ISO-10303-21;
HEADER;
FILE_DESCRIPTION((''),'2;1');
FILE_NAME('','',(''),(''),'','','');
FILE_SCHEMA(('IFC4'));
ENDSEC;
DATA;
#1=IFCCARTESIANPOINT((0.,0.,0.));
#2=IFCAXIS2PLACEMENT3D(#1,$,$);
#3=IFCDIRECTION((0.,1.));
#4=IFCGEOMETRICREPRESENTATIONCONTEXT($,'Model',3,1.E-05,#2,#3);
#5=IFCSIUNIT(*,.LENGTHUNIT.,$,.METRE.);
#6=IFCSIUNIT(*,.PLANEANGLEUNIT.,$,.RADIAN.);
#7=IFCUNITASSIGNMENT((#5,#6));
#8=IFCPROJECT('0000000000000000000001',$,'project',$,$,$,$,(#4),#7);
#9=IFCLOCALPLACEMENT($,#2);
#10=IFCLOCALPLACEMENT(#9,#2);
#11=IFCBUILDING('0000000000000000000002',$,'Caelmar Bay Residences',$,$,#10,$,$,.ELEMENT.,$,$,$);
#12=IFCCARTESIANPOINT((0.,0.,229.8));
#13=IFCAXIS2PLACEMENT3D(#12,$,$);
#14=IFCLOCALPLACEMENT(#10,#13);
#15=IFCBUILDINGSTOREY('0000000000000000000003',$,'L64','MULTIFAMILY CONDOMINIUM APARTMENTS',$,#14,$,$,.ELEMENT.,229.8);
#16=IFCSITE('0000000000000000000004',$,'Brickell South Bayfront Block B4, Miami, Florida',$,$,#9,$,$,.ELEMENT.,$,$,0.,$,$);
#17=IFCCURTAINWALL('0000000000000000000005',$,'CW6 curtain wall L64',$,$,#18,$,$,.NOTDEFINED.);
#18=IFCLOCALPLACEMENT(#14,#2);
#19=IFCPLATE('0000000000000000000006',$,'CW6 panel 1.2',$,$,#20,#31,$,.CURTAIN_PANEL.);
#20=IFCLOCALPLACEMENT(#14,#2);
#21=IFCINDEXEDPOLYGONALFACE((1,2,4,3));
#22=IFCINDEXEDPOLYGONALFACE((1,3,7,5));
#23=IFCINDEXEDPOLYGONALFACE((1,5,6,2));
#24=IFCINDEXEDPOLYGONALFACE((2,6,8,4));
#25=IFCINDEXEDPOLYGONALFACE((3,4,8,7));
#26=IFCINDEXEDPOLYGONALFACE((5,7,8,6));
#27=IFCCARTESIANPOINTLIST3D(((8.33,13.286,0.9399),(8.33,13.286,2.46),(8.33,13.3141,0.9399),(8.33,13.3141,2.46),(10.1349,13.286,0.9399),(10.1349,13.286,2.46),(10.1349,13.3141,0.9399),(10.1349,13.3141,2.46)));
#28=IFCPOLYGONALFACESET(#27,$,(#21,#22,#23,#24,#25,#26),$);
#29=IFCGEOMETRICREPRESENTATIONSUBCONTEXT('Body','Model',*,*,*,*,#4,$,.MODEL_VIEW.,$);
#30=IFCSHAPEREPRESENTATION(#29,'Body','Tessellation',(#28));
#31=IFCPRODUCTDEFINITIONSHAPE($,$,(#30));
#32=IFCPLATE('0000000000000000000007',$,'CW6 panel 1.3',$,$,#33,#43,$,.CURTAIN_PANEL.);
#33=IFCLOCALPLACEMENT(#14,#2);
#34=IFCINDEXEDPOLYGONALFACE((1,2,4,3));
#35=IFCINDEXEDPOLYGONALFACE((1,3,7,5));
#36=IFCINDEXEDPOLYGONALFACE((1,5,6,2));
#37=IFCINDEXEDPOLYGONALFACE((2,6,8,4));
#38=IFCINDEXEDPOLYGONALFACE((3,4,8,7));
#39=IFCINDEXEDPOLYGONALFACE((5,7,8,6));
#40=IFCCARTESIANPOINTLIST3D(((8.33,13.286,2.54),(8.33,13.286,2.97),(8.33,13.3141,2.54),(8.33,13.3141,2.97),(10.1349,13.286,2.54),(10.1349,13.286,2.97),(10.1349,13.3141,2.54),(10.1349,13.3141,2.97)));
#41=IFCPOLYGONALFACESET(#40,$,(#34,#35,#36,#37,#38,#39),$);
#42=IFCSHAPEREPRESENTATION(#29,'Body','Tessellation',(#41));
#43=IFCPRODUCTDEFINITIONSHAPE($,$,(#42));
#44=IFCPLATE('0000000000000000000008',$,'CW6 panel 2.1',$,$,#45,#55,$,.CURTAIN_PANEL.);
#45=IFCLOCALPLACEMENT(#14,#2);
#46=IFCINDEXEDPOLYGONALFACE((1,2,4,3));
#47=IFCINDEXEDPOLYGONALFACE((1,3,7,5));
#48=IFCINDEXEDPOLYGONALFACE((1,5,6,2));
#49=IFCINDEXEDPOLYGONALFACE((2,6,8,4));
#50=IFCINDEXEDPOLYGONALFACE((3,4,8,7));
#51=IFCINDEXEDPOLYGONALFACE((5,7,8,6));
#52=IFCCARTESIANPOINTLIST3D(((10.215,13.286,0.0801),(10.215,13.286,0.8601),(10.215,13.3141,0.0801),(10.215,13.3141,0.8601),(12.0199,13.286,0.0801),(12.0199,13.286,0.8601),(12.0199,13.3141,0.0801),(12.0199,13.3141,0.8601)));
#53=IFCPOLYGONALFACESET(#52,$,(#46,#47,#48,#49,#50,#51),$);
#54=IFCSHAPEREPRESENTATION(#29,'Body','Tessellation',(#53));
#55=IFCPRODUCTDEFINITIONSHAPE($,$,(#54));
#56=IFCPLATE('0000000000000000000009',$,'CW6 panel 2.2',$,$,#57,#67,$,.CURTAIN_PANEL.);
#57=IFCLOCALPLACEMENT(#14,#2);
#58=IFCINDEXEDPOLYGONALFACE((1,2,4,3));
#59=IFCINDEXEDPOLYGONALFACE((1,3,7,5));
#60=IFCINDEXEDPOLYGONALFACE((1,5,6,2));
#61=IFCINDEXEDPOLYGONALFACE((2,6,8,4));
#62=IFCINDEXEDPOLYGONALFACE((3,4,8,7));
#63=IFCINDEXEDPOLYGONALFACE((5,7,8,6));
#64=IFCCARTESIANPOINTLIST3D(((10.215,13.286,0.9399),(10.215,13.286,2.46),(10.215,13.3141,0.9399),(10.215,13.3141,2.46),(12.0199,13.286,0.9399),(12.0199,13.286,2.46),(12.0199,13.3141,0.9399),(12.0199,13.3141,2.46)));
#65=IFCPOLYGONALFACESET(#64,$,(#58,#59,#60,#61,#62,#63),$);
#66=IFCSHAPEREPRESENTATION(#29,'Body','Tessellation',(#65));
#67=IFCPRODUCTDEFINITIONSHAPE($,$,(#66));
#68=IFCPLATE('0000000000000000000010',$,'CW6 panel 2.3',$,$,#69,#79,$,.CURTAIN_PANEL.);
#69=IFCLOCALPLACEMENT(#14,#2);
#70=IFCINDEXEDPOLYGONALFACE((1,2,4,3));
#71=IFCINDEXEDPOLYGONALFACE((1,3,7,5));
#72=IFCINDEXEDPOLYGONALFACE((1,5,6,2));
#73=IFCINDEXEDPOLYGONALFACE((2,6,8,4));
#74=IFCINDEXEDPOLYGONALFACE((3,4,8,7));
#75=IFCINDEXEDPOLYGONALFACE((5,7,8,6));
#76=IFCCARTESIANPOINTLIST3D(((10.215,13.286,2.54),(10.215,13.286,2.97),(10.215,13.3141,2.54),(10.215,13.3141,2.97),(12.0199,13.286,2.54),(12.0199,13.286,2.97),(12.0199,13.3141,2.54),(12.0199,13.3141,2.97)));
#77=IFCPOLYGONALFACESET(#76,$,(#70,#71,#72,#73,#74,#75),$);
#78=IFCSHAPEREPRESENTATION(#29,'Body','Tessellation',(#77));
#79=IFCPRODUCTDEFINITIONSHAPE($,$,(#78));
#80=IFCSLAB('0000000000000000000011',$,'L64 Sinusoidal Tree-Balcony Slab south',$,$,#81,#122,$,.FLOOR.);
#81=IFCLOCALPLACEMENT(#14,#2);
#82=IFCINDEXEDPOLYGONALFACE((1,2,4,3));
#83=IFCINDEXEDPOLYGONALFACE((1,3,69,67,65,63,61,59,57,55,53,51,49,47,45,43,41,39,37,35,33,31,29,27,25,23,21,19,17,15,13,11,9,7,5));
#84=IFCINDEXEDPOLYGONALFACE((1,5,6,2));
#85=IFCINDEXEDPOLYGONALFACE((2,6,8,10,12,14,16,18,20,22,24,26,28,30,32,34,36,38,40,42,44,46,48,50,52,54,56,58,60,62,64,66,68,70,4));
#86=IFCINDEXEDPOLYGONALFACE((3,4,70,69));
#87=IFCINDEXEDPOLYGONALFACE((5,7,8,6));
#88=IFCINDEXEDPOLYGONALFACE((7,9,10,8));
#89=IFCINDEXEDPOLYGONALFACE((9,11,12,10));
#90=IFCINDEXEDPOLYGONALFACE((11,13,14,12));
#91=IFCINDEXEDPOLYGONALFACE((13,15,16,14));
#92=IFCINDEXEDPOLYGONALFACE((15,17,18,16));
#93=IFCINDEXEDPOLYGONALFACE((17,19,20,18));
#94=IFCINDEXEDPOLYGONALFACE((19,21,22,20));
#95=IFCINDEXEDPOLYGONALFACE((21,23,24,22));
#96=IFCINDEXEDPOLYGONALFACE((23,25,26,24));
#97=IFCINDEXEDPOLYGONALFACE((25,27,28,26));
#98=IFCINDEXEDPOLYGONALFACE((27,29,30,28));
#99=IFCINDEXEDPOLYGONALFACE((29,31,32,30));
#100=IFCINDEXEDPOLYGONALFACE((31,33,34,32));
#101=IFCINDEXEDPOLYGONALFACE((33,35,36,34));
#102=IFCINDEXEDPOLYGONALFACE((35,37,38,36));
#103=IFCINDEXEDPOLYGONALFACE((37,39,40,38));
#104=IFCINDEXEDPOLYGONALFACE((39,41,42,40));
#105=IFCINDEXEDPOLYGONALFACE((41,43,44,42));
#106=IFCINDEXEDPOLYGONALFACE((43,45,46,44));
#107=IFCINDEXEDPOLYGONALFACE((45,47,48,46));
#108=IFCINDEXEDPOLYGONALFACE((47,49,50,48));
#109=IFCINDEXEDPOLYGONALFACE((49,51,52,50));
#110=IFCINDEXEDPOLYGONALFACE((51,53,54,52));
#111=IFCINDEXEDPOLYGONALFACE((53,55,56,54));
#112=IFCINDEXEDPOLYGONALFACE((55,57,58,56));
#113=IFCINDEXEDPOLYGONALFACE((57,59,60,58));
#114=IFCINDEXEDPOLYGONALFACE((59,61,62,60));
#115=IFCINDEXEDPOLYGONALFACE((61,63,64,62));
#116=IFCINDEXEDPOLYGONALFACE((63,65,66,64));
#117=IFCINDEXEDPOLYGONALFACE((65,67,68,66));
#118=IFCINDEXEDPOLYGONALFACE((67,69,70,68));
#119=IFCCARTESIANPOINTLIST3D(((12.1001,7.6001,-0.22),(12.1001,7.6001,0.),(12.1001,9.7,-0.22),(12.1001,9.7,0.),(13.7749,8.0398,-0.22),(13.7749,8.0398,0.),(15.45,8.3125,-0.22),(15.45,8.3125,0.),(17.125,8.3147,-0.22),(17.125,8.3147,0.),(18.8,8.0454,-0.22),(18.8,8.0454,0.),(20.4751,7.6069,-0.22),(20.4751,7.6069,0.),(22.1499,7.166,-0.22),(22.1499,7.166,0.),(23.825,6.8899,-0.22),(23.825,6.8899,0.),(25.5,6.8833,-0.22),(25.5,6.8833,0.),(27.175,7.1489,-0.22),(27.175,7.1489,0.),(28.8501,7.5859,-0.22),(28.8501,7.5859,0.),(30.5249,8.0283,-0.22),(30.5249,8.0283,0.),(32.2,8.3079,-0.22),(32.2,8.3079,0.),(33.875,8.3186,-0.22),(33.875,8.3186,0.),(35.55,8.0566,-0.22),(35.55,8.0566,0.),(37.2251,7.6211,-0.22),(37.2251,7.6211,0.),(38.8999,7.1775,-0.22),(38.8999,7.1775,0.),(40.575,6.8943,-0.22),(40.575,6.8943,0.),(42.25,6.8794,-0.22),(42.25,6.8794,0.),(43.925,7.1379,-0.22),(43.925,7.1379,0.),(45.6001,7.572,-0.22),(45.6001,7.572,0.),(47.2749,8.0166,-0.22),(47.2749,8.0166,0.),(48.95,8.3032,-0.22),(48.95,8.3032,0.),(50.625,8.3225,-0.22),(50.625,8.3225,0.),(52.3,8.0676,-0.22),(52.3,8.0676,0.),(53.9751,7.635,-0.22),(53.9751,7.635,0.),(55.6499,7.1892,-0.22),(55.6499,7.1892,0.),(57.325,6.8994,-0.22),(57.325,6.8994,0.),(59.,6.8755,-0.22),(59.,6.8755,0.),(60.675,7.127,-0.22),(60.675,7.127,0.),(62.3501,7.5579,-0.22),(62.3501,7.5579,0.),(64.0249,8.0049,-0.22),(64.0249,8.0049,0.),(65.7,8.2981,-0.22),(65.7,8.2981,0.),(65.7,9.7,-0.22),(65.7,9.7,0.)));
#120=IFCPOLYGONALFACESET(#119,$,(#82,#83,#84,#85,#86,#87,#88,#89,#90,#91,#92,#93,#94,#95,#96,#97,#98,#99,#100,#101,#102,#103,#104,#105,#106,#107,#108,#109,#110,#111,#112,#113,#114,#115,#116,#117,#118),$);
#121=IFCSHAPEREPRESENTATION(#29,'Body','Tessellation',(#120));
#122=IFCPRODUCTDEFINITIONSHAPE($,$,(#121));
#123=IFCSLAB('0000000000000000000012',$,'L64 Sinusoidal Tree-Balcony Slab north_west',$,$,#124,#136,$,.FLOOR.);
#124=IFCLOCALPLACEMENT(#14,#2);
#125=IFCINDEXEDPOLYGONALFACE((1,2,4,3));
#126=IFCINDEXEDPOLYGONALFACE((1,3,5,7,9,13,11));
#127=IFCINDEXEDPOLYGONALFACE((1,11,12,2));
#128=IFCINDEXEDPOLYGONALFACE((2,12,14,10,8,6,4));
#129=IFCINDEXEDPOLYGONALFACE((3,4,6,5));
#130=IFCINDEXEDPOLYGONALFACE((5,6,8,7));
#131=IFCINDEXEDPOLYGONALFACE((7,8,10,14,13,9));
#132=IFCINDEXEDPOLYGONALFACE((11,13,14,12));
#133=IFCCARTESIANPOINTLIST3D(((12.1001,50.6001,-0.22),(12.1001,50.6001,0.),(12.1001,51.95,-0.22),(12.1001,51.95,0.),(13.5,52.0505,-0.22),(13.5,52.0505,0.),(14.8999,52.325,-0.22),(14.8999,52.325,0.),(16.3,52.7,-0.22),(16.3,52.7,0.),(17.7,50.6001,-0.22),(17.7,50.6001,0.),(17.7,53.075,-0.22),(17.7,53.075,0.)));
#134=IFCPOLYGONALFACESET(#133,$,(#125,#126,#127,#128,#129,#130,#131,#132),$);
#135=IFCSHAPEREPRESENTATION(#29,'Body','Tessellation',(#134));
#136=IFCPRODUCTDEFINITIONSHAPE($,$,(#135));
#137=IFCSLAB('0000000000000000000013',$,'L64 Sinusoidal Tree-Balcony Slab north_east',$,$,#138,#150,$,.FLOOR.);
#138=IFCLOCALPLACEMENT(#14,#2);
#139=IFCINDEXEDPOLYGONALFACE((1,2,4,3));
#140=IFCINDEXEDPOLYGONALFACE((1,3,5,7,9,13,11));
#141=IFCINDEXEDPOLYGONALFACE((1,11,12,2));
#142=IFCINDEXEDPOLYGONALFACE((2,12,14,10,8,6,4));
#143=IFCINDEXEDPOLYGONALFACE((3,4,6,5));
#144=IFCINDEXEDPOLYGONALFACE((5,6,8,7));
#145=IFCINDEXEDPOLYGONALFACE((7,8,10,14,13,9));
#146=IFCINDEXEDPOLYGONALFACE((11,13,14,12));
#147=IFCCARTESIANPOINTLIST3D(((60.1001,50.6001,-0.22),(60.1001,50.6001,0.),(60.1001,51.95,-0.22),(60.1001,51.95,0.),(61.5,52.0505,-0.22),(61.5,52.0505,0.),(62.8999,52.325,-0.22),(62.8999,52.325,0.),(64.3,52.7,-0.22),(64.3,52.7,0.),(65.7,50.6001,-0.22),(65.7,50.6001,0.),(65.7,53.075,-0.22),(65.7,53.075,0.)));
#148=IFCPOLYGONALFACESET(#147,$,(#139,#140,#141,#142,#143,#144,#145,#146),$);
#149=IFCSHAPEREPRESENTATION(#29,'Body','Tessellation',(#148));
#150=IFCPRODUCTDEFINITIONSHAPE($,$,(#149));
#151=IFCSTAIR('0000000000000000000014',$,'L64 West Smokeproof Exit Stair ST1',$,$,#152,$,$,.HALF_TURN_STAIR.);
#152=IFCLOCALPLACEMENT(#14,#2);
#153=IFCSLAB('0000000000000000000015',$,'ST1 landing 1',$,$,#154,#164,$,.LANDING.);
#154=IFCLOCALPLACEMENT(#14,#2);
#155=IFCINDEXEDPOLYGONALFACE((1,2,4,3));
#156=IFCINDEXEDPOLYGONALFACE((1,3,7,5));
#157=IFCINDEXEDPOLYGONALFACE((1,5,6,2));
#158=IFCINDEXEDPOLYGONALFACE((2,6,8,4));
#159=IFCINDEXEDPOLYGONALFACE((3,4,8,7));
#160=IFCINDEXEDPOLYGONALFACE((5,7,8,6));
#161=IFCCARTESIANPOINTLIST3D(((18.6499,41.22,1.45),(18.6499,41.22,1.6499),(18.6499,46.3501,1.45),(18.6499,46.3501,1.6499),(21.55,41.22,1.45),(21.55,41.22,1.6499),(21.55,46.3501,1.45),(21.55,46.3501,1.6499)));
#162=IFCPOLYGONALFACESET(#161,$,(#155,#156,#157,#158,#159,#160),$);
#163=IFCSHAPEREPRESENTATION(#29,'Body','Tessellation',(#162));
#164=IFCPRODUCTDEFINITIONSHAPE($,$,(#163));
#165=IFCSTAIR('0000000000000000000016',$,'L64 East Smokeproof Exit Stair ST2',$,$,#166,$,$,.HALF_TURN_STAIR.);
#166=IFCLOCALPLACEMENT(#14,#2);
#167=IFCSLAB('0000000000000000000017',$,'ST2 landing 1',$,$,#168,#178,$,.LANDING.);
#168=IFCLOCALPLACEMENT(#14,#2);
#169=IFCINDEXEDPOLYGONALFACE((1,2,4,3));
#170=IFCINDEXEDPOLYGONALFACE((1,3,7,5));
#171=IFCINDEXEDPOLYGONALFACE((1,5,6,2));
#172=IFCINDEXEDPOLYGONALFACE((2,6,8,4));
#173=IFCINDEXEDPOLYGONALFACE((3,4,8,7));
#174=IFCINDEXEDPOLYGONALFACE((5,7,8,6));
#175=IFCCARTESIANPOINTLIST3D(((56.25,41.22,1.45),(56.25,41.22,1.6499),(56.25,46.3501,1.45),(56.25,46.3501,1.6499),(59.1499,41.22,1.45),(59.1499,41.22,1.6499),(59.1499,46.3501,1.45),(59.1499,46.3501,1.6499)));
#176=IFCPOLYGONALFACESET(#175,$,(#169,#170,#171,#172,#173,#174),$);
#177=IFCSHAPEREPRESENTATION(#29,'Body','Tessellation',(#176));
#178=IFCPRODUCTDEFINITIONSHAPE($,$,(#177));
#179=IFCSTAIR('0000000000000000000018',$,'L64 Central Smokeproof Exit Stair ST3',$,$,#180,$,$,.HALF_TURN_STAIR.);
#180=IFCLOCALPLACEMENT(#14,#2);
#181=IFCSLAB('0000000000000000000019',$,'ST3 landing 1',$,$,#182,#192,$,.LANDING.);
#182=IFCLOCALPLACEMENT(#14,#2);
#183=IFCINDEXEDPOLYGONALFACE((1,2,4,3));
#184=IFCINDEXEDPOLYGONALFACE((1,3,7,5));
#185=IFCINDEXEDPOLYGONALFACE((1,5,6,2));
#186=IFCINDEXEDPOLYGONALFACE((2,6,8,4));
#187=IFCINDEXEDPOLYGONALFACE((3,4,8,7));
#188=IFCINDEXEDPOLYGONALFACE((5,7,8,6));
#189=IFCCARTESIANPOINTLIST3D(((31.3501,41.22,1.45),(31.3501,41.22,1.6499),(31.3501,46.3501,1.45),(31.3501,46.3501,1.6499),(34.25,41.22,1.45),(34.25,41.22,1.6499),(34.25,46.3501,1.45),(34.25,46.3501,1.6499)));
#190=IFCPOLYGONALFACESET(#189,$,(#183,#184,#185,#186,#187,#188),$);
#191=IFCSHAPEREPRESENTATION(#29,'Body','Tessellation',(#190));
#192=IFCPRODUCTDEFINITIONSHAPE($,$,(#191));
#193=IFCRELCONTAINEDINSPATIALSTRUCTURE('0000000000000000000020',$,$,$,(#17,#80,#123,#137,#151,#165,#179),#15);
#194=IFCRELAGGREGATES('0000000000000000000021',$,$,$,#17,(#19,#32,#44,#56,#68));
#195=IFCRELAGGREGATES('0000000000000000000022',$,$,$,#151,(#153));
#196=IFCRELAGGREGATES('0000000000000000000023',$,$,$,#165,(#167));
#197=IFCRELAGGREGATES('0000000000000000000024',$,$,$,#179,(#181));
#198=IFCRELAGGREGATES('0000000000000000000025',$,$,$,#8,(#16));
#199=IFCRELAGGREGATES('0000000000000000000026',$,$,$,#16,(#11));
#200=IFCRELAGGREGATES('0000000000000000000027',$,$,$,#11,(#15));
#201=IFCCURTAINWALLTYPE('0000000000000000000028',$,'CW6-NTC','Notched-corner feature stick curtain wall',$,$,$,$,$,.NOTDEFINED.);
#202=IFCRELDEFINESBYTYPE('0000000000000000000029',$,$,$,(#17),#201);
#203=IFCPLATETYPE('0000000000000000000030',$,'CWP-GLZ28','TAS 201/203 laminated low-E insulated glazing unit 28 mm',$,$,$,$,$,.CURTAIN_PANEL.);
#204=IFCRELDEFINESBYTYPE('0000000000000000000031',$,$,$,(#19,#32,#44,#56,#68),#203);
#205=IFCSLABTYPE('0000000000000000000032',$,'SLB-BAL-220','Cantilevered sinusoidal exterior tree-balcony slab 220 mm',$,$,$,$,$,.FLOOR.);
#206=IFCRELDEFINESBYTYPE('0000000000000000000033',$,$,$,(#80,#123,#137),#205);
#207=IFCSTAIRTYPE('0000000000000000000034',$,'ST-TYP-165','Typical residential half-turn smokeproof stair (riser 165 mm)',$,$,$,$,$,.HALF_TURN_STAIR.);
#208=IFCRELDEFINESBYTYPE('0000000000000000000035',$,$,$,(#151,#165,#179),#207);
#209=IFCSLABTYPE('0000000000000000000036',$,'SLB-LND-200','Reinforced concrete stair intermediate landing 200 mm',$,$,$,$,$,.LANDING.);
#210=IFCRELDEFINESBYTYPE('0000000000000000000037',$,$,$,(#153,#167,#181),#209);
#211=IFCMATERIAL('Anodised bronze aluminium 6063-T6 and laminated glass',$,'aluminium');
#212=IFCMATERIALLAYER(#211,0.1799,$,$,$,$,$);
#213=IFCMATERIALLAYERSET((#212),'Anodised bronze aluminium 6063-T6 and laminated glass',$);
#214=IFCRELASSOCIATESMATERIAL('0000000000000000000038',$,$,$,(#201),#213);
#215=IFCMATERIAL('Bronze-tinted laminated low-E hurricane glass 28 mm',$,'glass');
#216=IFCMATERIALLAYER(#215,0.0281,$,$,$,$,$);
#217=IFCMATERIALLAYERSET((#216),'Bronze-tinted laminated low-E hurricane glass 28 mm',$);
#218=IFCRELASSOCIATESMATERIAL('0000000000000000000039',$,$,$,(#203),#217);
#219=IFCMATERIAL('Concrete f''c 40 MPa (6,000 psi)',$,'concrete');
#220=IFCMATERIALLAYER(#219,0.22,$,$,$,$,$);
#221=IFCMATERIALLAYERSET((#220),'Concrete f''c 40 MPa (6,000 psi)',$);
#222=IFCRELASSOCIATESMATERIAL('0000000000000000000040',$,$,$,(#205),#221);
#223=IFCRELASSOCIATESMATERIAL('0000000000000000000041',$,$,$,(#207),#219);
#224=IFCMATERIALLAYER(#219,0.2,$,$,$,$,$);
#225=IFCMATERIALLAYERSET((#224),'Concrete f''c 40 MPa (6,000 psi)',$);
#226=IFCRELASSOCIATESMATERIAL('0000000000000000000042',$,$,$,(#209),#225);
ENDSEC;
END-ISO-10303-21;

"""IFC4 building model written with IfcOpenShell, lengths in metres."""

from ifc_helpers import new_model, si_unit, direction, frame, origin, origin_2d, place, context, subcontext, project, spatial, polyline, rectangle, outline, extrude, material, layer, layer_set, type_object, element, aggregate, save


model = new_model("IFC4")

# Units and contexts
model_context = context("Model", 3, precision=1e-05, world=origin(), true_north=direction((0.0, 1.0)))
body_context = subcontext(model_context, "Body", "Model", "MODEL_VIEW")
ifc_project = project(units=[si_unit("LENGTHUNIT", "METRE"), si_unit("PLANEANGLEUNIT", "RADIAN")], contexts=[model_context])

# Site, building, storey
site_placement = place(None, origin())
site = spatial("IfcSite", under=ifc_project, at=site_placement, Name="Brickell South Bayfront Block B4, Miami, Florida", CompositionType="ELEMENT", RefElevation=0.0)
building_placement = place(site_placement, origin())
building = spatial("IfcBuilding", under=site, at=building_placement, Name="Caelmar Bay Residences", CompositionType="ELEMENT")
storey_placement = place(building_placement, frame((0.0, 0.0, 229.8)))
storey = spatial("IfcBuildingStorey", under=building, at=storey_placement, Name="L64", Description="MULTIFAMILY CONDOMINIUM APARTMENTS", CompositionType="ELEMENT", Elevation=229.8)

# Curtain wall
ifc_material_1 = material(Name="Anodised bronze aluminium 6063-T6 and laminated glass", Category="aluminium")
ifc_layer_1 = layer(ifc_material_1, 0.1799)
ifc_layer_set_1 = layer_set([ifc_layer_1], Name="Anodised bronze aluminium 6063-T6 and laminated glass")
curtain_wall_type_1 = type_object("IfcCurtainWallType", Name="CW6-NTC", Description="Notched-corner feature stick curtain wall", PredefinedType="NOTDEFINED", material=ifc_layer_set_1)
curtain_wall_1_placement = place(storey_placement, origin())
curtain_wall_1 = element("IfcCurtainWall", 1, at=curtain_wall_1_placement, inside=storey, type_object=curtain_wall_type_1, Name="CW6 curtain wall L64", PredefinedType="NOTDEFINED")

# Plates
ifc_material_2 = material(Name="Bronze-tinted laminated low-E hurricane glass 28 mm", Category="glass")
ifc_layer_2 = layer(ifc_material_2, 0.0281)
ifc_layer_set_2 = layer_set([ifc_layer_2], Name="Bronze-tinted laminated low-E hurricane glass 28 mm")
plate_type = type_object("IfcPlateType", Name="CWP-GLZ28", Description="TAS 201/203 laminated low-E insulated glazing unit 28 mm", PredefinedType="CURTAIN_PANEL", material=ifc_layer_set_2)
plate_1_placement = place(storey_placement, frame((9.2324, 13.3, 0.9399), z_axis=(0.0, 0.0, 1.0), x_axis=(1.0, 0.0, 0.0)))
plate_1 = element("IfcPlate", 2, at=plate_1_placement, type_object=plate_type, Name="CW6 panel 1.2", PredefinedType="CURTAIN_PANEL", context=body_context, shape_type="SweptSolid", body=[
    extrude(rectangle(XDim=1.8049, YDim=0.0281, at=origin_2d()), origin(), (0.0, 0.0, 1.0), 1.52),
])
plate_2_placement = place(storey_placement, frame((9.2324, 13.3, 2.54), z_axis=(0.0, 0.0, 1.0), x_axis=(1.0, 0.0, 0.0)))
plate_2 = element("IfcPlate", 3, at=plate_2_placement, type_object=plate_type, Name="CW6 panel 1.3", PredefinedType="CURTAIN_PANEL", context=body_context, shape_type="SweptSolid", body=[
    extrude(rectangle(XDim=1.8049, YDim=0.0281, at=origin_2d()), origin(), (0.0, 0.0, 1.0), 0.4299),
])
plate_3_placement = place(storey_placement, frame((11.1174, 13.3, 0.0801), z_axis=(0.0, 0.0, 1.0), x_axis=(1.0, 0.0, 0.0)))
plate_3 = element("IfcPlate", 4, at=plate_3_placement, type_object=plate_type, Name="CW6 panel 2.1", PredefinedType="CURTAIN_PANEL", context=body_context, shape_type="SweptSolid", body=[
    extrude(rectangle(XDim=1.8049, YDim=0.0281, at=origin_2d()), origin(), (0.0, 0.0, 1.0), 0.78),
])
plate_4_placement = place(storey_placement, frame((11.1174, 13.3, 0.9399), z_axis=(0.0, 0.0, 1.0), x_axis=(1.0, 0.0, 0.0)))
plate_4 = element("IfcPlate", 5, at=plate_4_placement, type_object=plate_type, Name="CW6 panel 2.2", PredefinedType="CURTAIN_PANEL", context=body_context, shape_type="SweptSolid", body=[
    extrude(rectangle(XDim=1.8049, YDim=0.0281, at=origin_2d()), origin(), (0.0, 0.0, 1.0), 1.52),
])
plate_5_placement = place(storey_placement, frame((11.1174, 13.3, 2.54), z_axis=(0.0, 0.0, 1.0), x_axis=(1.0, 0.0, 0.0)))
plate_5 = element("IfcPlate", 6, at=plate_5_placement, type_object=plate_type, Name="CW6 panel 2.3", PredefinedType="CURTAIN_PANEL", context=body_context, shape_type="SweptSolid", body=[
    extrude(rectangle(XDim=1.8049, YDim=0.0281, at=origin_2d()), origin(), (0.0, 0.0, 1.0), 0.4299),
])
aggregate(curtain_wall_1, [plate_1, plate_2, plate_3, plate_4, plate_5])

# Slabs
ifc_material_3 = material(Name="Concrete f'c 40 MPa (6,000 psi)", Category="concrete")
ifc_layer_3 = layer(ifc_material_3, 0.22)
ifc_layer_set_3 = layer_set([ifc_layer_3], Name="Concrete f'c 40 MPa (6,000 psi)")
slab_type_1 = type_object("IfcSlabType", Name="SLB-BAL-220", Description="Cantilevered sinusoidal exterior tree-balcony slab 220 mm", PredefinedType="FLOOR", material=ifc_layer_set_3)
slab_1_placement = place(storey_placement, frame((0.0, 0.0, -0.22)))
element("IfcSlab", 7, at=slab_1_placement, inside=storey, type_object=slab_type_1, Name="L64 Sinusoidal Tree-Balcony Slab south", PredefinedType="FLOOR", context=body_context, shape_type="SweptSolid", body=[
    extrude(outline(polyline([(12.1001, 7.6001), (13.7749, 8.0398), (15.45, 8.3125), (17.125, 8.3147), (18.8, 8.0454), (20.4751, 7.6069), (22.1499, 7.166), (23.825, 6.8899), (25.5, 6.8833), (27.175, 7.1489), (28.8501, 7.5859), (30.5249, 8.0283), (32.2, 8.3079), (33.875, 8.3186), (35.55, 8.0566), (37.2251, 7.6211), (38.8999, 7.1775), (40.575, 6.8943), (42.25, 6.8794), (43.925, 7.1379), (45.6001, 7.572), (47.2749, 8.0166), (48.95, 8.3032), (50.625, 8.3225), (52.3, 8.0676), (53.9751, 7.635), (55.6499, 7.1892), (57.325, 6.8994), (59.0, 6.8755), (60.675, 7.127), (62.3501, 7.5579), (64.0249, 8.0049), (65.7, 8.2981), (65.7, 9.7), (12.1001, 9.7), (12.1001, 7.6001)])), origin(), (0.0, 0.0, 1.0), 0.22),
])
slab_2_placement = place(storey_placement, frame((0.0, 0.0, -0.22)))
element("IfcSlab", 8, at=slab_2_placement, inside=storey, type_object=slab_type_1, Name="L64 Sinusoidal Tree-Balcony Slab north_west", PredefinedType="FLOOR", context=body_context, shape_type="SweptSolid", body=[
    extrude(outline(polyline([(12.1001, 50.6001), (17.7, 50.6001), (17.7, 53.075), (16.3, 52.7), (14.8999, 52.325), (13.5, 52.0505), (12.1001, 51.95), (12.1001, 50.6001)])), origin(), (0.0, 0.0, 1.0), 0.22),
])
slab_3_placement = place(storey_placement, frame((0.0, 0.0, -0.22)))
element("IfcSlab", 9, at=slab_3_placement, inside=storey, type_object=slab_type_1, Name="L64 Sinusoidal Tree-Balcony Slab north_east", PredefinedType="FLOOR", context=body_context, shape_type="SweptSolid", body=[
    extrude(outline(polyline([(60.1001, 50.6001), (65.7, 50.6001), (65.7, 53.075), (64.3, 52.7), (62.8999, 52.325), (61.5, 52.0505), (60.1001, 51.95), (60.1001, 50.6001)])), origin(), (0.0, 0.0, 1.0), 0.22),
])

# Stairs, slabs
stair_type = type_object("IfcStairType", Name="ST-TYP-165", Description="Typical residential half-turn smokeproof stair (riser 165 mm)", PredefinedType="HALF_TURN_STAIR", material=ifc_material_3)
stair_1_placement = place(storey_placement, origin())
stair_1 = element("IfcStair", 10, at=stair_1_placement, inside=storey, type_object=stair_type, Name="L64 West Smokeproof Exit Stair ST1", PredefinedType="HALF_TURN_STAIR")
ifc_layer_4 = layer(ifc_material_3, 0.2)
ifc_layer_set_4 = layer_set([ifc_layer_4], Name="Concrete f'c 40 MPa (6,000 psi)")
slab_type_2 = type_object("IfcSlabType", Name="SLB-LND-200", Description="Reinforced concrete stair intermediate landing 200 mm", PredefinedType="LANDING", material=ifc_layer_set_4)
slab_4_placement = place(storey_placement, frame((0.0, 0.0, 1.45)))
slab_4 = element("IfcSlab", 11, at=slab_4_placement, type_object=slab_type_2, Name="ST1 landing 1", PredefinedType="LANDING", context=body_context, shape_type="SweptSolid", body=[
    extrude(outline(polyline([(21.55, 41.22), (21.55, 46.3501), (18.6499, 46.3501), (18.6499, 41.22), (21.55, 41.22)])), origin(), (0.0, 0.0, 1.0), 0.2),
])
aggregate(stair_1, [slab_4])
stair_2_placement = place(storey_placement, origin())
stair_2 = element("IfcStair", 12, at=stair_2_placement, inside=storey, type_object=stair_type, Name="L64 East Smokeproof Exit Stair ST2", PredefinedType="HALF_TURN_STAIR")
slab_5_placement = place(storey_placement, frame((0.0, 0.0, 1.45)))
slab_5 = element("IfcSlab", 13, at=slab_5_placement, type_object=slab_type_2, Name="ST2 landing 1", PredefinedType="LANDING", context=body_context, shape_type="SweptSolid", body=[
    extrude(outline(polyline([(59.1499, 41.22), (59.1499, 46.3501), (56.25, 46.3501), (56.25, 41.22), (59.1499, 41.22)])), origin(), (0.0, 0.0, 1.0), 0.2),
])
aggregate(stair_2, [slab_5])
stair_3_placement = place(storey_placement, origin())
stair_3 = element("IfcStair", 14, at=stair_3_placement, inside=storey, type_object=stair_type, Name="L64 Central Smokeproof Exit Stair ST3", PredefinedType="HALF_TURN_STAIR")
slab_6_placement = place(storey_placement, frame((0.0, 0.0, 1.45)))
slab_6 = element("IfcSlab", 15, at=slab_6_placement, type_object=slab_type_2, Name="ST3 landing 1", PredefinedType="LANDING", context=body_context, shape_type="SweptSolid", body=[
    extrude(outline(polyline([(34.25, 41.22), (34.25, 46.3501), (31.3501, 46.3501), (31.3501, 41.22), (34.25, 41.22)])), origin(), (0.0, 0.0, 1.0), 0.2),
])
aggregate(stair_3, [slab_6])

save(model, "model.ifc")
